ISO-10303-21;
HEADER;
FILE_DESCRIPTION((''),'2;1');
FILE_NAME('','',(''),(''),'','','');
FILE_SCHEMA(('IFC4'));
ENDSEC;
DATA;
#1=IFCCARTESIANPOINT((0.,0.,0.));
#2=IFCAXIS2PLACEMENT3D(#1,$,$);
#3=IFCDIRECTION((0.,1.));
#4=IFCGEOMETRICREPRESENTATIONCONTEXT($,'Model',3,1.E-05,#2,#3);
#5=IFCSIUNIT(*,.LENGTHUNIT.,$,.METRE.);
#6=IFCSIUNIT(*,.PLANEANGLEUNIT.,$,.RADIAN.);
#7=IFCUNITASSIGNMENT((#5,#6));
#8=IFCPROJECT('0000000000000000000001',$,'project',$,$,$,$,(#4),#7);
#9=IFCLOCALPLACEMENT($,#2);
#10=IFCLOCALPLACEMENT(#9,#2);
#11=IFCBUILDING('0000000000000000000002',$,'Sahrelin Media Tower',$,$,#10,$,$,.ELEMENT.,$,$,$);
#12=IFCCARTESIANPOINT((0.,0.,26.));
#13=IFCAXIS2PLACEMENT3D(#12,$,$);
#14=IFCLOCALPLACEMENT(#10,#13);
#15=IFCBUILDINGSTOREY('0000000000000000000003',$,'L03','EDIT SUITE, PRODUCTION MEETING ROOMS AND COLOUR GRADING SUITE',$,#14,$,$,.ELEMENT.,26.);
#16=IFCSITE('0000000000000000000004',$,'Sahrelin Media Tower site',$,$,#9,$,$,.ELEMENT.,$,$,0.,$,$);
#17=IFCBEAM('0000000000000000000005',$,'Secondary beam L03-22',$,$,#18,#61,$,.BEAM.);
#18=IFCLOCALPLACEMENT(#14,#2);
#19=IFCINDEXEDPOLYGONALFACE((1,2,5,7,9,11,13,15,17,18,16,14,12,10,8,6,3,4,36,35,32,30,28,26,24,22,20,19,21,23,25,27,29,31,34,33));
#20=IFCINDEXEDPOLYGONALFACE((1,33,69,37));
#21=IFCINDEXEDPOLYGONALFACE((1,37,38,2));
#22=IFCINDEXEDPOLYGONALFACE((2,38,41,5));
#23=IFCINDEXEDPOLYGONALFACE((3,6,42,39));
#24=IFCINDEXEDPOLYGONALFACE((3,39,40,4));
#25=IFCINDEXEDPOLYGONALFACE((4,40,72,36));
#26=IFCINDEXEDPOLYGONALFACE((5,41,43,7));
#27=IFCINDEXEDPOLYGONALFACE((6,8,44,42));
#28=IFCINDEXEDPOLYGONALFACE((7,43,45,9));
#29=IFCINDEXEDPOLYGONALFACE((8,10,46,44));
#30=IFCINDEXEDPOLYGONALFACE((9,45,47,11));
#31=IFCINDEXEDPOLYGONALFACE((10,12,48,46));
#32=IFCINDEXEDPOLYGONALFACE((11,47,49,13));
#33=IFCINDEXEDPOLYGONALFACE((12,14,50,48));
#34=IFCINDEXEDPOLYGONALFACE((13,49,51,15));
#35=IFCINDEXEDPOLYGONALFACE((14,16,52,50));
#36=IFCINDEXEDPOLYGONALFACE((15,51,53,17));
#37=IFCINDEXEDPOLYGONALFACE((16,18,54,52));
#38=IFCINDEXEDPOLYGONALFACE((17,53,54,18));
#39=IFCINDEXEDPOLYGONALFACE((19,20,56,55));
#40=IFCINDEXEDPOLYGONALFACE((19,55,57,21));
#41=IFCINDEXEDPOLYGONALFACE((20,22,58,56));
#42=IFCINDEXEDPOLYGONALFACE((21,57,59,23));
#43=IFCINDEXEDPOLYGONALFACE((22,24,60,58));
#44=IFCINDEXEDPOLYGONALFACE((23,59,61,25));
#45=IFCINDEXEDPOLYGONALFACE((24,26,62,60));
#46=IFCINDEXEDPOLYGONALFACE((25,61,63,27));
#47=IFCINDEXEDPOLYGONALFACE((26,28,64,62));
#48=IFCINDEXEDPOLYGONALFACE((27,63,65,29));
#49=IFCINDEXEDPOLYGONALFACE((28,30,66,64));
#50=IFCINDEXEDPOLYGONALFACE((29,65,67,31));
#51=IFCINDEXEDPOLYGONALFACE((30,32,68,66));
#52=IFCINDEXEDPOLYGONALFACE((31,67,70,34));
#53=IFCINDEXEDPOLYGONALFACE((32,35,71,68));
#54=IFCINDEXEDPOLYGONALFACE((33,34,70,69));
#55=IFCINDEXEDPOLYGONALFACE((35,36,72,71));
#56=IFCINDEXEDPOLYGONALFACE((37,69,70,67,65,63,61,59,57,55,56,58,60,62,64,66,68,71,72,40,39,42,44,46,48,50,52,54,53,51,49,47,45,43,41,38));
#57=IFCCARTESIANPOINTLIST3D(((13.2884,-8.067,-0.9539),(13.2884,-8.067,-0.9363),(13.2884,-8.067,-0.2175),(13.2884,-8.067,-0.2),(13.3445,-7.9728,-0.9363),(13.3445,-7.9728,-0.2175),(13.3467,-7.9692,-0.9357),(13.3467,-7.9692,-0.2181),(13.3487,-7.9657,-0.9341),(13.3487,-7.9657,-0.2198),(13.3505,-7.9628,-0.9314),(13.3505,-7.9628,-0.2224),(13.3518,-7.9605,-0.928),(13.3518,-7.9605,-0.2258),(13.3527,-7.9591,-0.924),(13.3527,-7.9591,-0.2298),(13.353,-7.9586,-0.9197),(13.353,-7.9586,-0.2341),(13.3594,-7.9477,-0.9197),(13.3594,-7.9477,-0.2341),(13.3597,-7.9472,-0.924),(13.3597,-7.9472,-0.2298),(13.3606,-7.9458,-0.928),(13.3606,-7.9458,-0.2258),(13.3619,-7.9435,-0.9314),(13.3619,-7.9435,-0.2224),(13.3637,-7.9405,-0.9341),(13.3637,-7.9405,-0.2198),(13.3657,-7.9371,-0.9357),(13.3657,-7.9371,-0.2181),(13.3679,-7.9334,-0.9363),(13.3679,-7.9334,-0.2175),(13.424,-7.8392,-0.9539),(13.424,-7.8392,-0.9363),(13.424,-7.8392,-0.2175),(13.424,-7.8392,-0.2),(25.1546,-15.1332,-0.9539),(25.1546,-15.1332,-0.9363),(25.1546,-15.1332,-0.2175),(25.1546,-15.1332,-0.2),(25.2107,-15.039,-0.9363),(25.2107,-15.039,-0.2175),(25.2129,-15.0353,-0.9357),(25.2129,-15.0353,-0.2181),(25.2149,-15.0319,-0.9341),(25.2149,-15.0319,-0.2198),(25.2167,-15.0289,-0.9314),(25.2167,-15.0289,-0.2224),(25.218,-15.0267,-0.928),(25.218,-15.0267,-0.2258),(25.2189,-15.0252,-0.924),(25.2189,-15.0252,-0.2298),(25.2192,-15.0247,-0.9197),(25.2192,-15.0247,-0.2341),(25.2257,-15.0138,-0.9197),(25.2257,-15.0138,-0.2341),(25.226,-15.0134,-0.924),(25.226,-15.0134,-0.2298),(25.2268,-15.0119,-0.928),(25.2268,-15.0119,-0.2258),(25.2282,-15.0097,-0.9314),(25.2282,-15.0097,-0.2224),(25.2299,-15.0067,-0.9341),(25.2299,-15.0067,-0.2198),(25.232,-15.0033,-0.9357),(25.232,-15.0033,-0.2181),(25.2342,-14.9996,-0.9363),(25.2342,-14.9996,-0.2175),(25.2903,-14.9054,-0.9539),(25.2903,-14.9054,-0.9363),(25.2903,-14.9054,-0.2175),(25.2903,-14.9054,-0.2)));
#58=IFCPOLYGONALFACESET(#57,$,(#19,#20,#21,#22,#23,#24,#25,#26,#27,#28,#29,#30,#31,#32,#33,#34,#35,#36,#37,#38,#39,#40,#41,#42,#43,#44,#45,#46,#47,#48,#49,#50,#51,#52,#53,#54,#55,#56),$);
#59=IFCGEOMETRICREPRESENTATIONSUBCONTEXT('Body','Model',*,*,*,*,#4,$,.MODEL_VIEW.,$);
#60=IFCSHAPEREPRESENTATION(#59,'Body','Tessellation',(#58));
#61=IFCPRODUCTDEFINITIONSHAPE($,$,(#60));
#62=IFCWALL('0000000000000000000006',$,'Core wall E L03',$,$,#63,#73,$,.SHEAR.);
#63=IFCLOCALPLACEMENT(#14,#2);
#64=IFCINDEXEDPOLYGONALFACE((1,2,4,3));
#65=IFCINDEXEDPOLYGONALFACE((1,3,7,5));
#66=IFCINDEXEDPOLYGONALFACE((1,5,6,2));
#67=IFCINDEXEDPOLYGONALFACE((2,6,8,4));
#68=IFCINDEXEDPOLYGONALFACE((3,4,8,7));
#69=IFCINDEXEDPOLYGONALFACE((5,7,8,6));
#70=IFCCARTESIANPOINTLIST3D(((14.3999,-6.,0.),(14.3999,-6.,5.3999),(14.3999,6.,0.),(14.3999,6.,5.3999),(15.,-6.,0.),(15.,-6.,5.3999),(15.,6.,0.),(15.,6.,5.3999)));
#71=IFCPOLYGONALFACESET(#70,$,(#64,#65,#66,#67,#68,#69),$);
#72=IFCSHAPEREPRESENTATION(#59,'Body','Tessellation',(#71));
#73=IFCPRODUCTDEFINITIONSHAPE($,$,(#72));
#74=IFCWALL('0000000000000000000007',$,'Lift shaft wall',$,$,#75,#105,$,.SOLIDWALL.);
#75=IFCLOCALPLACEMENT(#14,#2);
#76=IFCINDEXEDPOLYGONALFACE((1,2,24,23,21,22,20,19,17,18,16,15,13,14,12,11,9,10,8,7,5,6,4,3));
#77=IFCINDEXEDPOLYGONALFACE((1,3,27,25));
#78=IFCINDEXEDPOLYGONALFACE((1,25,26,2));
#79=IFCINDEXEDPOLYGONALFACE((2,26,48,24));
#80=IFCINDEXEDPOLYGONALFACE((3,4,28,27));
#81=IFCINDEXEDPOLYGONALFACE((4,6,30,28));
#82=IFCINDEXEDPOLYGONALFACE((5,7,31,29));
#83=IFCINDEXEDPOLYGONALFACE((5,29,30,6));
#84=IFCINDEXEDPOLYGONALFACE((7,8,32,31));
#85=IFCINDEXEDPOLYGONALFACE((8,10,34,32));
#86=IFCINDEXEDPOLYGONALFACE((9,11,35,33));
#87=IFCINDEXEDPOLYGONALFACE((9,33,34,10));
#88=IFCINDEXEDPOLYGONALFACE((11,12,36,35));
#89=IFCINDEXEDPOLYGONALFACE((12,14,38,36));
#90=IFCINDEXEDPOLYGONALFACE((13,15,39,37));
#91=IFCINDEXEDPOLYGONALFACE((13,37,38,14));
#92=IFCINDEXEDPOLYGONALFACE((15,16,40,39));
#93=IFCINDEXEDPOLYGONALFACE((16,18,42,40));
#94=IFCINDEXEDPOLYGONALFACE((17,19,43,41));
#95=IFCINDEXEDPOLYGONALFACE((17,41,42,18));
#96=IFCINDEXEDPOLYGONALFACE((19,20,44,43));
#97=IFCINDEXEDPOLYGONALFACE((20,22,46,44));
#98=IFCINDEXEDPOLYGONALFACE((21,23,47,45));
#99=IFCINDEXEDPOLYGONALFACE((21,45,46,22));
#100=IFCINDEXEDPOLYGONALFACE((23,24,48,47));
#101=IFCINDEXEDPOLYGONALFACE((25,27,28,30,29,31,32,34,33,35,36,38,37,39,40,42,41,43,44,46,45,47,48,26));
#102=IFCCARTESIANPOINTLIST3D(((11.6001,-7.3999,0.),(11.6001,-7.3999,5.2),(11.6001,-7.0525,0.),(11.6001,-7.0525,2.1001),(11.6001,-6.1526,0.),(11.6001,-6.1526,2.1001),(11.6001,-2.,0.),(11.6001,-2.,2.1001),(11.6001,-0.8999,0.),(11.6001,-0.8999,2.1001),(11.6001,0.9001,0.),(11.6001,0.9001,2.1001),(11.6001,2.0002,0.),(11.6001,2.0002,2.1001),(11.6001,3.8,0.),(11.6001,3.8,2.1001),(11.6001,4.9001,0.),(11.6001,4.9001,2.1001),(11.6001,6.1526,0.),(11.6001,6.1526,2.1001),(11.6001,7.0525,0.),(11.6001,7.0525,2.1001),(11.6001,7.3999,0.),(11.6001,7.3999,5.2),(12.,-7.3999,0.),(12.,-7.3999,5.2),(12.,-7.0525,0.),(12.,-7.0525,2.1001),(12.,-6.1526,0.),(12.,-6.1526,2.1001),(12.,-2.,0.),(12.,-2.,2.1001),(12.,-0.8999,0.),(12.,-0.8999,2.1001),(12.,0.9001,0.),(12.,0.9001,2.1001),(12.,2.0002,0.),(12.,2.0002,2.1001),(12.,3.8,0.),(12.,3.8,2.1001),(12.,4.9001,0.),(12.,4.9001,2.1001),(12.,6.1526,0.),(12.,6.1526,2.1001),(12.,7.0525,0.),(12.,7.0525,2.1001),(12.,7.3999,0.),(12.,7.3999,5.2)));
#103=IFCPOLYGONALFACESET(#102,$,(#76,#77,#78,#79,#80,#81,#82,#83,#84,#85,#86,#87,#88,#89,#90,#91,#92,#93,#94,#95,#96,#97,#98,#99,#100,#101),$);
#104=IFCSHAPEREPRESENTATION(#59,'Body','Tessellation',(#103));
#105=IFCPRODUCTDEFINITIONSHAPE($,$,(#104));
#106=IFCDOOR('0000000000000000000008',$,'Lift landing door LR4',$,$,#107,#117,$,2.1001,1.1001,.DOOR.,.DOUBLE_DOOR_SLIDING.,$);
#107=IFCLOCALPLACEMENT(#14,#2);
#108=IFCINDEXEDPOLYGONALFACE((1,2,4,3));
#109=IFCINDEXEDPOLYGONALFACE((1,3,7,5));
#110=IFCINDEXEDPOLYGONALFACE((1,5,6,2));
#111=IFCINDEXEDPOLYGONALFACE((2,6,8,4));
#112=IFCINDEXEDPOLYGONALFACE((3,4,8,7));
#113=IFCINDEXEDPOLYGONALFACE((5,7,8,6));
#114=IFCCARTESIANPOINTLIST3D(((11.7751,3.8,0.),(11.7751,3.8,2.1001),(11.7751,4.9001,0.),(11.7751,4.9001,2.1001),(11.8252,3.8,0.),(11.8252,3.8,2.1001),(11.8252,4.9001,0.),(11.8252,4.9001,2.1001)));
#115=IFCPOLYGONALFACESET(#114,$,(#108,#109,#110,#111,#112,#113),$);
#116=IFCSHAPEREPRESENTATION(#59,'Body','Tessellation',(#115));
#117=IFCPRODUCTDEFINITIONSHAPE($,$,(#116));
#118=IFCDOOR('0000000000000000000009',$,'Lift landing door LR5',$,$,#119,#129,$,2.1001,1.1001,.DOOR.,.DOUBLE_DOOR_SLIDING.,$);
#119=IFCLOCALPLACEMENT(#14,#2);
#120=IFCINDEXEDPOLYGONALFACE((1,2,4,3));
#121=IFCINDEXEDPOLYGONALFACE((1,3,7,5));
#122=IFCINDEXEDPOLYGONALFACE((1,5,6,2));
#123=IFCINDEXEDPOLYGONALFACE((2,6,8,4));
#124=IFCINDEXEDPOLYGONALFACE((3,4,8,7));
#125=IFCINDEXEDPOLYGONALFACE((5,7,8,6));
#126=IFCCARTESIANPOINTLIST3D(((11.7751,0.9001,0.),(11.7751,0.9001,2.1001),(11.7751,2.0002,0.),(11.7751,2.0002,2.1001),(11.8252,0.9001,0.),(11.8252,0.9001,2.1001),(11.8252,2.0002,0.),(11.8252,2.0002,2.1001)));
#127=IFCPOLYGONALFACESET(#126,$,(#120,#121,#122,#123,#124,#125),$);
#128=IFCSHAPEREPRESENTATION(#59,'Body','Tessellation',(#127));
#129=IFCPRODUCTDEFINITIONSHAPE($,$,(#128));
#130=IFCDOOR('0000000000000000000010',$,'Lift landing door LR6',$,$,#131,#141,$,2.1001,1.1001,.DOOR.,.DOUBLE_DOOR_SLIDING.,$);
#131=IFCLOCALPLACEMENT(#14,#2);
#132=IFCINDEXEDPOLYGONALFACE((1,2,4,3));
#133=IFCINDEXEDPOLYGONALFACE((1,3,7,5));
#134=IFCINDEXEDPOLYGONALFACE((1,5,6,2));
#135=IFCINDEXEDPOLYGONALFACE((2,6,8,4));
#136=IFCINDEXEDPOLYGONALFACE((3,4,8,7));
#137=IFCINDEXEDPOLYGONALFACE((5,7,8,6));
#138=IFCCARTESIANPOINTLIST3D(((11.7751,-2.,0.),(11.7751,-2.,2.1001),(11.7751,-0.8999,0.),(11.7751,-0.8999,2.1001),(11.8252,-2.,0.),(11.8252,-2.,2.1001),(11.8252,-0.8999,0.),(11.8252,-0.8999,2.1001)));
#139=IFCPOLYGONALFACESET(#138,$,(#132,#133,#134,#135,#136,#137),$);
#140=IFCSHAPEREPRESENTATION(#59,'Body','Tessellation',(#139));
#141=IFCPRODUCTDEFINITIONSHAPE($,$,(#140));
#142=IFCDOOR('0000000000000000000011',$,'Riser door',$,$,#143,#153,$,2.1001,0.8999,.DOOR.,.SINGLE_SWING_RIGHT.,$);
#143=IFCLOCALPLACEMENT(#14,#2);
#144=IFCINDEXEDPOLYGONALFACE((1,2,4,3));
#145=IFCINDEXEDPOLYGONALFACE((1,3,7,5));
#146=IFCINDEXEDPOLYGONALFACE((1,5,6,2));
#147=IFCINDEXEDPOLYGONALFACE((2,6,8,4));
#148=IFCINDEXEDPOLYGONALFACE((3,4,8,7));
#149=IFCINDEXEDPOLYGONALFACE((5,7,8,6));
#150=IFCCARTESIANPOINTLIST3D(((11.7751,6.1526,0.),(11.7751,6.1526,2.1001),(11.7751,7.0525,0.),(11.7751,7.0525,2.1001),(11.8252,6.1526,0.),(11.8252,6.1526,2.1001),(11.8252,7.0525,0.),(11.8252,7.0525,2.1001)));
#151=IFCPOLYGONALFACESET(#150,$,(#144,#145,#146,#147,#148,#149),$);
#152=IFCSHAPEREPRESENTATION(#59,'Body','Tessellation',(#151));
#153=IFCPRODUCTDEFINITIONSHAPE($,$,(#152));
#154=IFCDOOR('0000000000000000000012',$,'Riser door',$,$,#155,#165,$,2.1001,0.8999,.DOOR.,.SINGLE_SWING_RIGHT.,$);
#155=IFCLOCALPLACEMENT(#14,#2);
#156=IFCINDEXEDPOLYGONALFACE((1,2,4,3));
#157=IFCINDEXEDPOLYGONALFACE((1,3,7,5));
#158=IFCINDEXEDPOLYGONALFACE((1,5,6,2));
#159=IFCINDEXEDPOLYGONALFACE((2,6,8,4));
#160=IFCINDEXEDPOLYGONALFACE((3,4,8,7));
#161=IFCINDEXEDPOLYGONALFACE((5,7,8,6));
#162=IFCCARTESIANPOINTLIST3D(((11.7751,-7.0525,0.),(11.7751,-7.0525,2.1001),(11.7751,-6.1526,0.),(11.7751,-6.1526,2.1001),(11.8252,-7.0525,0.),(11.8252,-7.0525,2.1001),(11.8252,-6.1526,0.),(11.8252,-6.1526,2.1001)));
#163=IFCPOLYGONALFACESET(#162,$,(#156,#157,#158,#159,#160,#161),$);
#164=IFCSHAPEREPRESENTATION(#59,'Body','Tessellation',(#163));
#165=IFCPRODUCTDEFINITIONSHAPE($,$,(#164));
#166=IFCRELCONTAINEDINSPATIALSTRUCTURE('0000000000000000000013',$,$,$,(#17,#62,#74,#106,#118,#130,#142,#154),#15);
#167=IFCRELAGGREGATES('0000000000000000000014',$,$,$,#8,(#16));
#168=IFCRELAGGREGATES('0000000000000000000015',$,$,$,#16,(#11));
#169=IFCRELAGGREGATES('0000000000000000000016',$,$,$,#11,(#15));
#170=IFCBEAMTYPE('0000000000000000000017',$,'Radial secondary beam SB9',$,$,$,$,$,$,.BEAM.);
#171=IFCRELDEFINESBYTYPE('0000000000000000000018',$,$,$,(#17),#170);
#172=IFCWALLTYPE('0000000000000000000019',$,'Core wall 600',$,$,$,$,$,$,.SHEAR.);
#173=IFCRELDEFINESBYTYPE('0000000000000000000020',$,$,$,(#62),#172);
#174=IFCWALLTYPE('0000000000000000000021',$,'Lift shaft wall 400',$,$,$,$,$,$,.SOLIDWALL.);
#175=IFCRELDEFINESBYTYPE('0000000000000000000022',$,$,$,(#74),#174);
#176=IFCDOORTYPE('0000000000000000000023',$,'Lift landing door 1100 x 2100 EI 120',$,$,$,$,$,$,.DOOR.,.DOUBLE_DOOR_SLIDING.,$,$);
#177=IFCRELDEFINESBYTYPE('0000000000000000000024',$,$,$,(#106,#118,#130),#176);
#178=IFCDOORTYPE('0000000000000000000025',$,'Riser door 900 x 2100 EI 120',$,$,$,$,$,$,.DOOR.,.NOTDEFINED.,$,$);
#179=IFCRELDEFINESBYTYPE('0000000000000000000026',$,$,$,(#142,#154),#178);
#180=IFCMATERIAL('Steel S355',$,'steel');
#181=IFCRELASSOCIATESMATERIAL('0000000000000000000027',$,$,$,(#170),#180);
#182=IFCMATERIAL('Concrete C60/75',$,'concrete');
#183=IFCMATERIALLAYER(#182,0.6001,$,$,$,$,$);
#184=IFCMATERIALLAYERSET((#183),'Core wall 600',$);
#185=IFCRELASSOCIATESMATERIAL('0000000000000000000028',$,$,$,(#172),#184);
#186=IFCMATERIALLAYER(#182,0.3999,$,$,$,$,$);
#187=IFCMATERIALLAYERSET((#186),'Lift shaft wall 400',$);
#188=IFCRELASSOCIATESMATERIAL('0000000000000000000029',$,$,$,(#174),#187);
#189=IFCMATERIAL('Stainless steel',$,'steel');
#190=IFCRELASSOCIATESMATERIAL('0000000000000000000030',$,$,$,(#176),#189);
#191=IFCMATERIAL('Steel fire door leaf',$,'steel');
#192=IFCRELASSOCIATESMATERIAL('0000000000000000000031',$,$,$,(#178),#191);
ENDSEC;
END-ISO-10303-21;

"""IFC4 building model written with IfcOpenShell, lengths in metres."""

from ifc_helpers import new_model, si_unit, direction, frame, frame_2d, origin, origin_2d, place, context, subcontext, project, spatial, rectangle, i_section, extrude, material, layer, layer_set, material_profile, profile_set, type_object, element, fill, save


model = new_model("IFC4")

# Units and contexts
model_context = context("Model", 3, precision=1e-05, world=origin(), true_north=direction((0.0, 1.0)))
body_context = subcontext(model_context, "Body", "Model", "MODEL_VIEW")
ifc_project = project(units=[si_unit("LENGTHUNIT", "METRE"), si_unit("PLANEANGLEUNIT", "RADIAN")], contexts=[model_context])

# Site, building, storey
site_placement = place(None, origin())
site = spatial("IfcSite", under=ifc_project, at=site_placement, Name="Sahrelin Media Tower site", CompositionType="ELEMENT", RefElevation=0.0)
building_placement = place(site_placement, origin())
building = spatial("IfcBuilding", under=site, at=building_placement, Name="Sahrelin Media Tower", CompositionType="ELEMENT")
storey_placement = place(building_placement, frame((0.0, 0.0, 26.0)))
storey = spatial("IfcBuildingStorey", under=building, at=storey_placement, Name="L03", Description="EDIT SUITE, PRODUCTION MEETING ROOMS AND COLOUR GRADING SUITE", CompositionType="ELEMENT", Elevation=26.0)

# Beam
ifc_material_1 = material(Name="Steel S355", Category="steel")
ifc_material_profile_1 = material_profile(ifc_material_1, i_section(OverallWidth=0.2651, OverallDepth=0.7539, WebThickness=0.0127, FlangeThickness=0.0176, FilletRadius=0.0166, at=origin_2d()), Name="UB 762x267x147")
ifc_profile_set_1 = profile_set([ifc_material_profile_1], Name="Steel S355")
beam_type_1 = type_object("IfcBeamType", Name="Radial secondary beam SB9", PredefinedType="BEAM", material=ifc_profile_set_1)
beam_1_placement = place(storey_placement, frame((13.3562, -7.9531, -0.5769), z_axis=(0.859199, -0.511641, 0.0), x_axis=(0.511641, 0.859199, 0.0)))
element("IfcBeam", 1, at=beam_1_placement, inside=storey, type_object=beam_type_1, Name="Secondary beam L03-22", PredefinedType="BEAM", context=body_context, shape_type="SweptSolid", body=[
    extrude(i_section(OverallWidth=0.2651, OverallDepth=0.7539, WebThickness=0.0127, FlangeThickness=0.0176, FilletRadius=0.0166, at=origin_2d()), origin(), (0.0, 0.0, 1.0), 13.8108),
])

# Wall
ifc_material_2 = material(Name="Concrete C60/75", Category="concrete")
ifc_layer_1 = layer(ifc_material_2, 0.6001)
ifc_layer_set_1 = layer_set([ifc_layer_1], Name="Core wall 600")
wall_type_1 = type_object("IfcWallType", Name="Core wall 600", PredefinedType="SHEAR", material=ifc_layer_set_1)
wall_1_placement = place(storey_placement, frame((14.7, -6.0, 0.0), z_axis=(0.0, 0.0, 1.0), x_axis=(0.0, 1.0, 0.0)))
element("IfcWall", 2, at=wall_1_placement, inside=storey, type_object=wall_type_1, Name="Core wall E L03", PredefinedType="SHEAR", context=body_context, shape_type="SweptSolid", body=[
    extrude(rectangle(XDim=12.0, YDim=0.6001, at=frame_2d((6.0, 0.0))), origin(), (0.0, 0.0, 1.0), 5.3999),
])

# Wall, openings, doors
ifc_layer_2 = layer(ifc_material_2, 0.3999)
ifc_layer_set_2 = layer_set([ifc_layer_2], Name="Lift shaft wall 400")
wall_type_2 = type_object("IfcWallType", Name="Lift shaft wall 400", PredefinedType="SOLIDWALL", material=ifc_layer_set_2)
wall_2_placement = place(storey_placement, frame((11.8, -7.3999, 0.0), z_axis=(0.0, 0.0, 1.0), x_axis=(0.0, 1.0, 0.0)))
wall_2 = element("IfcWall", 3, at=wall_2_placement, inside=storey, type_object=wall_type_2, Name="Lift shaft wall", PredefinedType="SOLIDWALL", context=body_context, shape_type="SweptSolid", body=[
    extrude(rectangle(XDim=14.7998, YDim=0.3999, at=frame_2d((7.3999, 0.0))), origin(), (0.0, 0.0, 1.0), 5.2),
])
opening_1_placement = place(wall_2_placement, frame((11.2, 0.0, 0.0)))
opening_1 = element("IfcOpeningElement", 4, at=opening_1_placement, cuts=wall_2, PredefinedType="OPENING", context=body_context, shape_type="SweptSolid", body=[
    extrude(rectangle(XDim=1.1001, YDim=2.1001, at=frame_2d((0.55, 1.05))), frame((0.0, 0.2, 0.0), z_axis=(0.0, -1.0, 0.0), x_axis=(1.0, 0.0, 0.0)), (0.0, 0.0, 1.0), 0.3999),
])
opening_2_placement = place(wall_2_placement, frame((8.3, 0.0, 0.0)))
opening_2 = element("IfcOpeningElement", 5, at=opening_2_placement, cuts=wall_2, PredefinedType="OPENING", context=body_context, shape_type="SweptSolid", body=[
    extrude(rectangle(XDim=1.1001, YDim=2.1001, at=frame_2d((0.55, 1.05))), frame((0.0, 0.2, 0.0), z_axis=(0.0, -1.0, 0.0), x_axis=(1.0, 0.0, 0.0)), (0.0, 0.0, 1.0), 0.3999),
])
opening_3_placement = place(wall_2_placement, frame((5.3999, 0.0, 0.0)))
opening_3 = element("IfcOpeningElement", 6, at=opening_3_placement, cuts=wall_2, PredefinedType="OPENING", context=body_context, shape_type="SweptSolid", body=[
    extrude(rectangle(XDim=1.1001, YDim=2.1001, at=frame_2d((0.55, 1.05))), frame((0.0, 0.2, 0.0), z_axis=(0.0, -1.0, 0.0), x_axis=(1.0, 0.0, 0.0)), (0.0, 0.0, 1.0), 0.3999),
])
opening_4_placement = place(wall_2_placement, frame((13.5525, 0.0, 0.0)))
opening_4 = element("IfcOpeningElement", 7, at=opening_4_placement, cuts=wall_2, PredefinedType="OPENING", context=body_context, shape_type="SweptSolid", body=[
    extrude(rectangle(XDim=0.8999, YDim=2.1001, at=frame_2d((0.45, 1.05))), frame((0.0, 0.2, 0.0), z_axis=(0.0, -1.0, 0.0), x_axis=(1.0, 0.0, 0.0)), (0.0, 0.0, 1.0), 0.3999),
])
opening_5_placement = place(wall_2_placement, frame((0.3474, 0.0, 0.0)))
opening_5 = element("IfcOpeningElement", 8, at=opening_5_placement, cuts=wall_2, PredefinedType="OPENING", context=body_context, shape_type="SweptSolid", body=[
    extrude(rectangle(XDim=0.8999, YDim=2.1001, at=frame_2d((0.45, 1.05))), frame((0.0, 0.2, 0.0), z_axis=(0.0, -1.0, 0.0), x_axis=(1.0, 0.0, 0.0)), (0.0, 0.0, 1.0), 0.3999),
])
ifc_material_3 = material(Name="Stainless steel", Category="steel")
door_type_1 = type_object("IfcDoorType", Name="Lift landing door 1100 x 2100 EI 120", OperationType="DOUBLE_DOOR_SLIDING", PredefinedType="DOOR", material=ifc_material_3)
door_1_placement = place(opening_1_placement, origin())
door_1 = element("IfcDoor", 9, at=door_1_placement, inside=storey, type_object=door_type_1, Name="Lift landing door LR4", OperationType="DOUBLE_DOOR_SLIDING", OverallHeight=2.1001, OverallWidth=1.1001, PredefinedType="DOOR", context=body_context, shape_type="SweptSolid", body=[
    extrude(rectangle(XDim=1.1001, YDim=2.1001, at=frame_2d((0.55, 1.05))), frame((0.0, 0.0249, 0.0), z_axis=(0.0, -1.0, 0.0), x_axis=(1.0, 0.0, 0.0)), (0.0, 0.0, 1.0), 0.05),
])
fill(opening_1, door_1)
door_2_placement = place(opening_2_placement, origin())
door_2 = element("IfcDoor", 10, at=door_2_placement, inside=storey, type_object=door_type_1, Name="Lift landing door LR5", OperationType="DOUBLE_DOOR_SLIDING", OverallHeight=2.1001, OverallWidth=1.1001, PredefinedType="DOOR", context=body_context, shape_type="SweptSolid", body=[
    extrude(rectangle(XDim=1.1001, YDim=2.1001, at=frame_2d((0.55, 1.05))), frame((0.0, 0.0249, 0.0), z_axis=(0.0, -1.0, 0.0), x_axis=(1.0, 0.0, 0.0)), (0.0, 0.0, 1.0), 0.05),
])
fill(opening_2, door_2)
door_3_placement = place(opening_3_placement, origin())
door_3 = element("IfcDoor", 11, at=door_3_placement, inside=storey, type_object=door_type_1, Name="Lift landing door LR6", OperationType="DOUBLE_DOOR_SLIDING", OverallHeight=2.1001, OverallWidth=1.1001, PredefinedType="DOOR", context=body_context, shape_type="SweptSolid", body=[
    extrude(rectangle(XDim=1.1001, YDim=2.1001, at=frame_2d((0.55, 1.05))), frame((0.0, 0.0249, 0.0), z_axis=(0.0, -1.0, 0.0), x_axis=(1.0, 0.0, 0.0)), (0.0, 0.0, 1.0), 0.05),
])
fill(opening_3, door_3)
ifc_material_4 = material(Name="Steel fire door leaf", Category="steel")
door_type_2 = type_object("IfcDoorType", Name="Riser door 900 x 2100 EI 120", OperationType="NOTDEFINED", PredefinedType="DOOR", material=ifc_material_4)
door_4_placement = place(opening_4_placement, origin())
door_4 = element("IfcDoor", 12, at=door_4_placement, inside=storey, type_object=door_type_2, Name="Riser door", OperationType="SINGLE_SWING_RIGHT", OverallHeight=2.1001, OverallWidth=0.8999, PredefinedType="DOOR", context=body_context, shape_type="SweptSolid", body=[
    extrude(rectangle(XDim=0.8999, YDim=2.1001, at=frame_2d((0.45, 1.05))), frame((0.0, 0.0249, 0.0), z_axis=(0.0, -1.0, 0.0), x_axis=(1.0, 0.0, 0.0)), (0.0, 0.0, 1.0), 0.05),
])
fill(opening_4, door_4)
door_5_placement = place(opening_5_placement, origin())
door_5 = element("IfcDoor", 13, at=door_5_placement, inside=storey, type_object=door_type_2, Name="Riser door", OperationType="SINGLE_SWING_RIGHT", OverallHeight=2.1001, OverallWidth=0.8999, PredefinedType="DOOR", context=body_context, shape_type="SweptSolid", body=[
    extrude(rectangle(XDim=0.8999, YDim=2.1001, at=frame_2d((0.45, 1.05))), frame((0.0, 0.0249, 0.0), z_axis=(0.0, -1.0, 0.0), x_axis=(1.0, 0.0, 0.0)), (0.0, 0.0, 1.0), 0.05),
])
fill(opening_5, door_5)

save(model, "model.ifc")
